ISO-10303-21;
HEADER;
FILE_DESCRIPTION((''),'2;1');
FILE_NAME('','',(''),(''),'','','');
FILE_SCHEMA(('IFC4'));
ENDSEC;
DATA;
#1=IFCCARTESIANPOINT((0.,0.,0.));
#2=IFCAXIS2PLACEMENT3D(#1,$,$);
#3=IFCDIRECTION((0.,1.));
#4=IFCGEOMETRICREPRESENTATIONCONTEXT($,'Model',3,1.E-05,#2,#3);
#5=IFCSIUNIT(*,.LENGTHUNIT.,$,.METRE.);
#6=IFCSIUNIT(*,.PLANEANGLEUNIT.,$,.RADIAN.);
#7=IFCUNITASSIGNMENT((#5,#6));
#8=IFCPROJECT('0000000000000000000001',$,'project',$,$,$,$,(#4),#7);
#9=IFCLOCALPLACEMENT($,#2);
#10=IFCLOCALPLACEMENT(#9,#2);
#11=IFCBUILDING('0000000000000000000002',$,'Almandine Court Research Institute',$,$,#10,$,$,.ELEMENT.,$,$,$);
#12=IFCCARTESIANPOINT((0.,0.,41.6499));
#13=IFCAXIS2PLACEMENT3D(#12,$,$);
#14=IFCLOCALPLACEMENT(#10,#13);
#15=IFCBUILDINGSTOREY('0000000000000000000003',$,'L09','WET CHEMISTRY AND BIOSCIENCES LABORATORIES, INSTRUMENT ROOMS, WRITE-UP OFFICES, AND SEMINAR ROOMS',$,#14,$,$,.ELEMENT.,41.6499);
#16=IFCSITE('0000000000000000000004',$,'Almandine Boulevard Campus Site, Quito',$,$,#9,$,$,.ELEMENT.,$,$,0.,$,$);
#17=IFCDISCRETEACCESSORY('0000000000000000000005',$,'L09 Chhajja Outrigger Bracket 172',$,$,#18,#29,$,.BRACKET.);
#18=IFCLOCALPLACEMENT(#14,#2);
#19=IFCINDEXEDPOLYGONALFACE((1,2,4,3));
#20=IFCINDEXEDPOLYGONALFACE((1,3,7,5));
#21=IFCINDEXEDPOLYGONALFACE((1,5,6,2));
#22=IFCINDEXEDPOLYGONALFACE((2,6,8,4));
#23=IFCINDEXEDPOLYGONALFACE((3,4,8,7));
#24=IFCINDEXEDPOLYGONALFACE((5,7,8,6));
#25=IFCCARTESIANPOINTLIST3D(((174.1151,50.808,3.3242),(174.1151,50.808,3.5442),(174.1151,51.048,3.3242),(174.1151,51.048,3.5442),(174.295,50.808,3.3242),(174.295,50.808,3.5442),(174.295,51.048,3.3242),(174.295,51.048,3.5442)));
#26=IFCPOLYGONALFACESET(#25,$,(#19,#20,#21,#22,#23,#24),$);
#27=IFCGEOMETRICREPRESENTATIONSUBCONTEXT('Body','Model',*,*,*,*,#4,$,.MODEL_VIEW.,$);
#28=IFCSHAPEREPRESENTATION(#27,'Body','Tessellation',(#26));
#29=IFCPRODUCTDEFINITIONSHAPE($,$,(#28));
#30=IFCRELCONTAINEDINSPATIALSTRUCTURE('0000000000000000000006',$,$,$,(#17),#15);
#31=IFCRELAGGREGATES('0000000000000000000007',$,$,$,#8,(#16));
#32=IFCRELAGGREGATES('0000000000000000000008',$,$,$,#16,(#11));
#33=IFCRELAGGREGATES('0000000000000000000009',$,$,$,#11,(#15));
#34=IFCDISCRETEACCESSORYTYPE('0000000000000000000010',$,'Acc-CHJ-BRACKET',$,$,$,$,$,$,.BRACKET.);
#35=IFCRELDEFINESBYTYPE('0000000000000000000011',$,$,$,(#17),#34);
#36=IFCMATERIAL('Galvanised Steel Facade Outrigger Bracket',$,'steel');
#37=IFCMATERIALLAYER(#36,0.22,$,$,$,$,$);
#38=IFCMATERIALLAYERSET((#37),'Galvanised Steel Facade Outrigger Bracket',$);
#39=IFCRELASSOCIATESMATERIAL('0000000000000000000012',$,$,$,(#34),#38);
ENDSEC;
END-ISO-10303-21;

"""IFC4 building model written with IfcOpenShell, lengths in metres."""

from ifc_helpers import new_model, si_unit, direction, frame, origin, origin_2d, place, context, subcontext, project, spatial, rectangle, extrude, material, layer, layer_set, type_object, element, save


model = new_model("IFC4")

# Units and contexts
model_context = context("Model", 3, precision=1e-05, world=origin(), true_north=direction((0.0, 1.0)))
body_context = subcontext(model_context, "Body", "Model", "MODEL_VIEW")
ifc_project = project(units=[si_unit("LENGTHUNIT", "METRE"), si_unit("PLANEANGLEUNIT", "RADIAN")], contexts=[model_context])

# Site, building, storey
site_placement = place(None, origin())
site = spatial("IfcSite", under=ifc_project, at=site_placement, Name="Almandine Boulevard Campus Site, Quito", CompositionType="ELEMENT", RefElevation=0.0)
building_placement = place(site_placement, origin())
building = spatial("IfcBuilding", under=site, at=building_placement, Name="Almandine Court Research Institute", CompositionType="ELEMENT")
storey_placement = place(building_placement, frame((0.0, 0.0, 41.6499)))
storey = spatial("IfcBuildingStorey", under=building, at=storey_placement, Name="L09", Description="WET CHEMISTRY AND BIOSCIENCES LABORATORIES, INSTRUMENT ROOMS, WRITE-UP OFFICES, AND SEMINAR ROOMS", CompositionType="ELEMENT", Elevation=41.6499)

# Discrete accessory
ifc_material_1 = material(Name="Galvanised Steel Facade Outrigger Bracket", Category="steel")
ifc_layer_1 = layer(ifc_material_1, 0.22)
ifc_layer_set_1 = layer_set([ifc_layer_1], Name="Galvanised Steel Facade Outrigger Bracket")
discrete_accessory_type = type_object("IfcDiscreteAccessoryType", Name="Acc-CHJ-BRACKET", PredefinedType="BRACKET", material=ifc_layer_set_1)
for number, where, z_axis, x_axis, name in (
    (1, (174.2051, 50.928, 3.3242), (0.0, 0.0, 1.0), (0.0, -1.0, 0.0), "L09 Chhajja Outrigger Bracket 172"),
):
    element("IfcDiscreteAccessory", number, at=place(storey_placement, frame(where, z_axis=z_axis, x_axis=x_axis)), inside=storey, type_object=discrete_accessory_type, Name=name, PredefinedType="BRACKET", context=body_context, shape_type="SweptSolid", body=[
        extrude(rectangle(XDim=0.24, YDim=0.1799, at=origin_2d()), origin(), (0.0, 0.0, 1.0), 0.22),
    ])

save(model, "model.ifc")
